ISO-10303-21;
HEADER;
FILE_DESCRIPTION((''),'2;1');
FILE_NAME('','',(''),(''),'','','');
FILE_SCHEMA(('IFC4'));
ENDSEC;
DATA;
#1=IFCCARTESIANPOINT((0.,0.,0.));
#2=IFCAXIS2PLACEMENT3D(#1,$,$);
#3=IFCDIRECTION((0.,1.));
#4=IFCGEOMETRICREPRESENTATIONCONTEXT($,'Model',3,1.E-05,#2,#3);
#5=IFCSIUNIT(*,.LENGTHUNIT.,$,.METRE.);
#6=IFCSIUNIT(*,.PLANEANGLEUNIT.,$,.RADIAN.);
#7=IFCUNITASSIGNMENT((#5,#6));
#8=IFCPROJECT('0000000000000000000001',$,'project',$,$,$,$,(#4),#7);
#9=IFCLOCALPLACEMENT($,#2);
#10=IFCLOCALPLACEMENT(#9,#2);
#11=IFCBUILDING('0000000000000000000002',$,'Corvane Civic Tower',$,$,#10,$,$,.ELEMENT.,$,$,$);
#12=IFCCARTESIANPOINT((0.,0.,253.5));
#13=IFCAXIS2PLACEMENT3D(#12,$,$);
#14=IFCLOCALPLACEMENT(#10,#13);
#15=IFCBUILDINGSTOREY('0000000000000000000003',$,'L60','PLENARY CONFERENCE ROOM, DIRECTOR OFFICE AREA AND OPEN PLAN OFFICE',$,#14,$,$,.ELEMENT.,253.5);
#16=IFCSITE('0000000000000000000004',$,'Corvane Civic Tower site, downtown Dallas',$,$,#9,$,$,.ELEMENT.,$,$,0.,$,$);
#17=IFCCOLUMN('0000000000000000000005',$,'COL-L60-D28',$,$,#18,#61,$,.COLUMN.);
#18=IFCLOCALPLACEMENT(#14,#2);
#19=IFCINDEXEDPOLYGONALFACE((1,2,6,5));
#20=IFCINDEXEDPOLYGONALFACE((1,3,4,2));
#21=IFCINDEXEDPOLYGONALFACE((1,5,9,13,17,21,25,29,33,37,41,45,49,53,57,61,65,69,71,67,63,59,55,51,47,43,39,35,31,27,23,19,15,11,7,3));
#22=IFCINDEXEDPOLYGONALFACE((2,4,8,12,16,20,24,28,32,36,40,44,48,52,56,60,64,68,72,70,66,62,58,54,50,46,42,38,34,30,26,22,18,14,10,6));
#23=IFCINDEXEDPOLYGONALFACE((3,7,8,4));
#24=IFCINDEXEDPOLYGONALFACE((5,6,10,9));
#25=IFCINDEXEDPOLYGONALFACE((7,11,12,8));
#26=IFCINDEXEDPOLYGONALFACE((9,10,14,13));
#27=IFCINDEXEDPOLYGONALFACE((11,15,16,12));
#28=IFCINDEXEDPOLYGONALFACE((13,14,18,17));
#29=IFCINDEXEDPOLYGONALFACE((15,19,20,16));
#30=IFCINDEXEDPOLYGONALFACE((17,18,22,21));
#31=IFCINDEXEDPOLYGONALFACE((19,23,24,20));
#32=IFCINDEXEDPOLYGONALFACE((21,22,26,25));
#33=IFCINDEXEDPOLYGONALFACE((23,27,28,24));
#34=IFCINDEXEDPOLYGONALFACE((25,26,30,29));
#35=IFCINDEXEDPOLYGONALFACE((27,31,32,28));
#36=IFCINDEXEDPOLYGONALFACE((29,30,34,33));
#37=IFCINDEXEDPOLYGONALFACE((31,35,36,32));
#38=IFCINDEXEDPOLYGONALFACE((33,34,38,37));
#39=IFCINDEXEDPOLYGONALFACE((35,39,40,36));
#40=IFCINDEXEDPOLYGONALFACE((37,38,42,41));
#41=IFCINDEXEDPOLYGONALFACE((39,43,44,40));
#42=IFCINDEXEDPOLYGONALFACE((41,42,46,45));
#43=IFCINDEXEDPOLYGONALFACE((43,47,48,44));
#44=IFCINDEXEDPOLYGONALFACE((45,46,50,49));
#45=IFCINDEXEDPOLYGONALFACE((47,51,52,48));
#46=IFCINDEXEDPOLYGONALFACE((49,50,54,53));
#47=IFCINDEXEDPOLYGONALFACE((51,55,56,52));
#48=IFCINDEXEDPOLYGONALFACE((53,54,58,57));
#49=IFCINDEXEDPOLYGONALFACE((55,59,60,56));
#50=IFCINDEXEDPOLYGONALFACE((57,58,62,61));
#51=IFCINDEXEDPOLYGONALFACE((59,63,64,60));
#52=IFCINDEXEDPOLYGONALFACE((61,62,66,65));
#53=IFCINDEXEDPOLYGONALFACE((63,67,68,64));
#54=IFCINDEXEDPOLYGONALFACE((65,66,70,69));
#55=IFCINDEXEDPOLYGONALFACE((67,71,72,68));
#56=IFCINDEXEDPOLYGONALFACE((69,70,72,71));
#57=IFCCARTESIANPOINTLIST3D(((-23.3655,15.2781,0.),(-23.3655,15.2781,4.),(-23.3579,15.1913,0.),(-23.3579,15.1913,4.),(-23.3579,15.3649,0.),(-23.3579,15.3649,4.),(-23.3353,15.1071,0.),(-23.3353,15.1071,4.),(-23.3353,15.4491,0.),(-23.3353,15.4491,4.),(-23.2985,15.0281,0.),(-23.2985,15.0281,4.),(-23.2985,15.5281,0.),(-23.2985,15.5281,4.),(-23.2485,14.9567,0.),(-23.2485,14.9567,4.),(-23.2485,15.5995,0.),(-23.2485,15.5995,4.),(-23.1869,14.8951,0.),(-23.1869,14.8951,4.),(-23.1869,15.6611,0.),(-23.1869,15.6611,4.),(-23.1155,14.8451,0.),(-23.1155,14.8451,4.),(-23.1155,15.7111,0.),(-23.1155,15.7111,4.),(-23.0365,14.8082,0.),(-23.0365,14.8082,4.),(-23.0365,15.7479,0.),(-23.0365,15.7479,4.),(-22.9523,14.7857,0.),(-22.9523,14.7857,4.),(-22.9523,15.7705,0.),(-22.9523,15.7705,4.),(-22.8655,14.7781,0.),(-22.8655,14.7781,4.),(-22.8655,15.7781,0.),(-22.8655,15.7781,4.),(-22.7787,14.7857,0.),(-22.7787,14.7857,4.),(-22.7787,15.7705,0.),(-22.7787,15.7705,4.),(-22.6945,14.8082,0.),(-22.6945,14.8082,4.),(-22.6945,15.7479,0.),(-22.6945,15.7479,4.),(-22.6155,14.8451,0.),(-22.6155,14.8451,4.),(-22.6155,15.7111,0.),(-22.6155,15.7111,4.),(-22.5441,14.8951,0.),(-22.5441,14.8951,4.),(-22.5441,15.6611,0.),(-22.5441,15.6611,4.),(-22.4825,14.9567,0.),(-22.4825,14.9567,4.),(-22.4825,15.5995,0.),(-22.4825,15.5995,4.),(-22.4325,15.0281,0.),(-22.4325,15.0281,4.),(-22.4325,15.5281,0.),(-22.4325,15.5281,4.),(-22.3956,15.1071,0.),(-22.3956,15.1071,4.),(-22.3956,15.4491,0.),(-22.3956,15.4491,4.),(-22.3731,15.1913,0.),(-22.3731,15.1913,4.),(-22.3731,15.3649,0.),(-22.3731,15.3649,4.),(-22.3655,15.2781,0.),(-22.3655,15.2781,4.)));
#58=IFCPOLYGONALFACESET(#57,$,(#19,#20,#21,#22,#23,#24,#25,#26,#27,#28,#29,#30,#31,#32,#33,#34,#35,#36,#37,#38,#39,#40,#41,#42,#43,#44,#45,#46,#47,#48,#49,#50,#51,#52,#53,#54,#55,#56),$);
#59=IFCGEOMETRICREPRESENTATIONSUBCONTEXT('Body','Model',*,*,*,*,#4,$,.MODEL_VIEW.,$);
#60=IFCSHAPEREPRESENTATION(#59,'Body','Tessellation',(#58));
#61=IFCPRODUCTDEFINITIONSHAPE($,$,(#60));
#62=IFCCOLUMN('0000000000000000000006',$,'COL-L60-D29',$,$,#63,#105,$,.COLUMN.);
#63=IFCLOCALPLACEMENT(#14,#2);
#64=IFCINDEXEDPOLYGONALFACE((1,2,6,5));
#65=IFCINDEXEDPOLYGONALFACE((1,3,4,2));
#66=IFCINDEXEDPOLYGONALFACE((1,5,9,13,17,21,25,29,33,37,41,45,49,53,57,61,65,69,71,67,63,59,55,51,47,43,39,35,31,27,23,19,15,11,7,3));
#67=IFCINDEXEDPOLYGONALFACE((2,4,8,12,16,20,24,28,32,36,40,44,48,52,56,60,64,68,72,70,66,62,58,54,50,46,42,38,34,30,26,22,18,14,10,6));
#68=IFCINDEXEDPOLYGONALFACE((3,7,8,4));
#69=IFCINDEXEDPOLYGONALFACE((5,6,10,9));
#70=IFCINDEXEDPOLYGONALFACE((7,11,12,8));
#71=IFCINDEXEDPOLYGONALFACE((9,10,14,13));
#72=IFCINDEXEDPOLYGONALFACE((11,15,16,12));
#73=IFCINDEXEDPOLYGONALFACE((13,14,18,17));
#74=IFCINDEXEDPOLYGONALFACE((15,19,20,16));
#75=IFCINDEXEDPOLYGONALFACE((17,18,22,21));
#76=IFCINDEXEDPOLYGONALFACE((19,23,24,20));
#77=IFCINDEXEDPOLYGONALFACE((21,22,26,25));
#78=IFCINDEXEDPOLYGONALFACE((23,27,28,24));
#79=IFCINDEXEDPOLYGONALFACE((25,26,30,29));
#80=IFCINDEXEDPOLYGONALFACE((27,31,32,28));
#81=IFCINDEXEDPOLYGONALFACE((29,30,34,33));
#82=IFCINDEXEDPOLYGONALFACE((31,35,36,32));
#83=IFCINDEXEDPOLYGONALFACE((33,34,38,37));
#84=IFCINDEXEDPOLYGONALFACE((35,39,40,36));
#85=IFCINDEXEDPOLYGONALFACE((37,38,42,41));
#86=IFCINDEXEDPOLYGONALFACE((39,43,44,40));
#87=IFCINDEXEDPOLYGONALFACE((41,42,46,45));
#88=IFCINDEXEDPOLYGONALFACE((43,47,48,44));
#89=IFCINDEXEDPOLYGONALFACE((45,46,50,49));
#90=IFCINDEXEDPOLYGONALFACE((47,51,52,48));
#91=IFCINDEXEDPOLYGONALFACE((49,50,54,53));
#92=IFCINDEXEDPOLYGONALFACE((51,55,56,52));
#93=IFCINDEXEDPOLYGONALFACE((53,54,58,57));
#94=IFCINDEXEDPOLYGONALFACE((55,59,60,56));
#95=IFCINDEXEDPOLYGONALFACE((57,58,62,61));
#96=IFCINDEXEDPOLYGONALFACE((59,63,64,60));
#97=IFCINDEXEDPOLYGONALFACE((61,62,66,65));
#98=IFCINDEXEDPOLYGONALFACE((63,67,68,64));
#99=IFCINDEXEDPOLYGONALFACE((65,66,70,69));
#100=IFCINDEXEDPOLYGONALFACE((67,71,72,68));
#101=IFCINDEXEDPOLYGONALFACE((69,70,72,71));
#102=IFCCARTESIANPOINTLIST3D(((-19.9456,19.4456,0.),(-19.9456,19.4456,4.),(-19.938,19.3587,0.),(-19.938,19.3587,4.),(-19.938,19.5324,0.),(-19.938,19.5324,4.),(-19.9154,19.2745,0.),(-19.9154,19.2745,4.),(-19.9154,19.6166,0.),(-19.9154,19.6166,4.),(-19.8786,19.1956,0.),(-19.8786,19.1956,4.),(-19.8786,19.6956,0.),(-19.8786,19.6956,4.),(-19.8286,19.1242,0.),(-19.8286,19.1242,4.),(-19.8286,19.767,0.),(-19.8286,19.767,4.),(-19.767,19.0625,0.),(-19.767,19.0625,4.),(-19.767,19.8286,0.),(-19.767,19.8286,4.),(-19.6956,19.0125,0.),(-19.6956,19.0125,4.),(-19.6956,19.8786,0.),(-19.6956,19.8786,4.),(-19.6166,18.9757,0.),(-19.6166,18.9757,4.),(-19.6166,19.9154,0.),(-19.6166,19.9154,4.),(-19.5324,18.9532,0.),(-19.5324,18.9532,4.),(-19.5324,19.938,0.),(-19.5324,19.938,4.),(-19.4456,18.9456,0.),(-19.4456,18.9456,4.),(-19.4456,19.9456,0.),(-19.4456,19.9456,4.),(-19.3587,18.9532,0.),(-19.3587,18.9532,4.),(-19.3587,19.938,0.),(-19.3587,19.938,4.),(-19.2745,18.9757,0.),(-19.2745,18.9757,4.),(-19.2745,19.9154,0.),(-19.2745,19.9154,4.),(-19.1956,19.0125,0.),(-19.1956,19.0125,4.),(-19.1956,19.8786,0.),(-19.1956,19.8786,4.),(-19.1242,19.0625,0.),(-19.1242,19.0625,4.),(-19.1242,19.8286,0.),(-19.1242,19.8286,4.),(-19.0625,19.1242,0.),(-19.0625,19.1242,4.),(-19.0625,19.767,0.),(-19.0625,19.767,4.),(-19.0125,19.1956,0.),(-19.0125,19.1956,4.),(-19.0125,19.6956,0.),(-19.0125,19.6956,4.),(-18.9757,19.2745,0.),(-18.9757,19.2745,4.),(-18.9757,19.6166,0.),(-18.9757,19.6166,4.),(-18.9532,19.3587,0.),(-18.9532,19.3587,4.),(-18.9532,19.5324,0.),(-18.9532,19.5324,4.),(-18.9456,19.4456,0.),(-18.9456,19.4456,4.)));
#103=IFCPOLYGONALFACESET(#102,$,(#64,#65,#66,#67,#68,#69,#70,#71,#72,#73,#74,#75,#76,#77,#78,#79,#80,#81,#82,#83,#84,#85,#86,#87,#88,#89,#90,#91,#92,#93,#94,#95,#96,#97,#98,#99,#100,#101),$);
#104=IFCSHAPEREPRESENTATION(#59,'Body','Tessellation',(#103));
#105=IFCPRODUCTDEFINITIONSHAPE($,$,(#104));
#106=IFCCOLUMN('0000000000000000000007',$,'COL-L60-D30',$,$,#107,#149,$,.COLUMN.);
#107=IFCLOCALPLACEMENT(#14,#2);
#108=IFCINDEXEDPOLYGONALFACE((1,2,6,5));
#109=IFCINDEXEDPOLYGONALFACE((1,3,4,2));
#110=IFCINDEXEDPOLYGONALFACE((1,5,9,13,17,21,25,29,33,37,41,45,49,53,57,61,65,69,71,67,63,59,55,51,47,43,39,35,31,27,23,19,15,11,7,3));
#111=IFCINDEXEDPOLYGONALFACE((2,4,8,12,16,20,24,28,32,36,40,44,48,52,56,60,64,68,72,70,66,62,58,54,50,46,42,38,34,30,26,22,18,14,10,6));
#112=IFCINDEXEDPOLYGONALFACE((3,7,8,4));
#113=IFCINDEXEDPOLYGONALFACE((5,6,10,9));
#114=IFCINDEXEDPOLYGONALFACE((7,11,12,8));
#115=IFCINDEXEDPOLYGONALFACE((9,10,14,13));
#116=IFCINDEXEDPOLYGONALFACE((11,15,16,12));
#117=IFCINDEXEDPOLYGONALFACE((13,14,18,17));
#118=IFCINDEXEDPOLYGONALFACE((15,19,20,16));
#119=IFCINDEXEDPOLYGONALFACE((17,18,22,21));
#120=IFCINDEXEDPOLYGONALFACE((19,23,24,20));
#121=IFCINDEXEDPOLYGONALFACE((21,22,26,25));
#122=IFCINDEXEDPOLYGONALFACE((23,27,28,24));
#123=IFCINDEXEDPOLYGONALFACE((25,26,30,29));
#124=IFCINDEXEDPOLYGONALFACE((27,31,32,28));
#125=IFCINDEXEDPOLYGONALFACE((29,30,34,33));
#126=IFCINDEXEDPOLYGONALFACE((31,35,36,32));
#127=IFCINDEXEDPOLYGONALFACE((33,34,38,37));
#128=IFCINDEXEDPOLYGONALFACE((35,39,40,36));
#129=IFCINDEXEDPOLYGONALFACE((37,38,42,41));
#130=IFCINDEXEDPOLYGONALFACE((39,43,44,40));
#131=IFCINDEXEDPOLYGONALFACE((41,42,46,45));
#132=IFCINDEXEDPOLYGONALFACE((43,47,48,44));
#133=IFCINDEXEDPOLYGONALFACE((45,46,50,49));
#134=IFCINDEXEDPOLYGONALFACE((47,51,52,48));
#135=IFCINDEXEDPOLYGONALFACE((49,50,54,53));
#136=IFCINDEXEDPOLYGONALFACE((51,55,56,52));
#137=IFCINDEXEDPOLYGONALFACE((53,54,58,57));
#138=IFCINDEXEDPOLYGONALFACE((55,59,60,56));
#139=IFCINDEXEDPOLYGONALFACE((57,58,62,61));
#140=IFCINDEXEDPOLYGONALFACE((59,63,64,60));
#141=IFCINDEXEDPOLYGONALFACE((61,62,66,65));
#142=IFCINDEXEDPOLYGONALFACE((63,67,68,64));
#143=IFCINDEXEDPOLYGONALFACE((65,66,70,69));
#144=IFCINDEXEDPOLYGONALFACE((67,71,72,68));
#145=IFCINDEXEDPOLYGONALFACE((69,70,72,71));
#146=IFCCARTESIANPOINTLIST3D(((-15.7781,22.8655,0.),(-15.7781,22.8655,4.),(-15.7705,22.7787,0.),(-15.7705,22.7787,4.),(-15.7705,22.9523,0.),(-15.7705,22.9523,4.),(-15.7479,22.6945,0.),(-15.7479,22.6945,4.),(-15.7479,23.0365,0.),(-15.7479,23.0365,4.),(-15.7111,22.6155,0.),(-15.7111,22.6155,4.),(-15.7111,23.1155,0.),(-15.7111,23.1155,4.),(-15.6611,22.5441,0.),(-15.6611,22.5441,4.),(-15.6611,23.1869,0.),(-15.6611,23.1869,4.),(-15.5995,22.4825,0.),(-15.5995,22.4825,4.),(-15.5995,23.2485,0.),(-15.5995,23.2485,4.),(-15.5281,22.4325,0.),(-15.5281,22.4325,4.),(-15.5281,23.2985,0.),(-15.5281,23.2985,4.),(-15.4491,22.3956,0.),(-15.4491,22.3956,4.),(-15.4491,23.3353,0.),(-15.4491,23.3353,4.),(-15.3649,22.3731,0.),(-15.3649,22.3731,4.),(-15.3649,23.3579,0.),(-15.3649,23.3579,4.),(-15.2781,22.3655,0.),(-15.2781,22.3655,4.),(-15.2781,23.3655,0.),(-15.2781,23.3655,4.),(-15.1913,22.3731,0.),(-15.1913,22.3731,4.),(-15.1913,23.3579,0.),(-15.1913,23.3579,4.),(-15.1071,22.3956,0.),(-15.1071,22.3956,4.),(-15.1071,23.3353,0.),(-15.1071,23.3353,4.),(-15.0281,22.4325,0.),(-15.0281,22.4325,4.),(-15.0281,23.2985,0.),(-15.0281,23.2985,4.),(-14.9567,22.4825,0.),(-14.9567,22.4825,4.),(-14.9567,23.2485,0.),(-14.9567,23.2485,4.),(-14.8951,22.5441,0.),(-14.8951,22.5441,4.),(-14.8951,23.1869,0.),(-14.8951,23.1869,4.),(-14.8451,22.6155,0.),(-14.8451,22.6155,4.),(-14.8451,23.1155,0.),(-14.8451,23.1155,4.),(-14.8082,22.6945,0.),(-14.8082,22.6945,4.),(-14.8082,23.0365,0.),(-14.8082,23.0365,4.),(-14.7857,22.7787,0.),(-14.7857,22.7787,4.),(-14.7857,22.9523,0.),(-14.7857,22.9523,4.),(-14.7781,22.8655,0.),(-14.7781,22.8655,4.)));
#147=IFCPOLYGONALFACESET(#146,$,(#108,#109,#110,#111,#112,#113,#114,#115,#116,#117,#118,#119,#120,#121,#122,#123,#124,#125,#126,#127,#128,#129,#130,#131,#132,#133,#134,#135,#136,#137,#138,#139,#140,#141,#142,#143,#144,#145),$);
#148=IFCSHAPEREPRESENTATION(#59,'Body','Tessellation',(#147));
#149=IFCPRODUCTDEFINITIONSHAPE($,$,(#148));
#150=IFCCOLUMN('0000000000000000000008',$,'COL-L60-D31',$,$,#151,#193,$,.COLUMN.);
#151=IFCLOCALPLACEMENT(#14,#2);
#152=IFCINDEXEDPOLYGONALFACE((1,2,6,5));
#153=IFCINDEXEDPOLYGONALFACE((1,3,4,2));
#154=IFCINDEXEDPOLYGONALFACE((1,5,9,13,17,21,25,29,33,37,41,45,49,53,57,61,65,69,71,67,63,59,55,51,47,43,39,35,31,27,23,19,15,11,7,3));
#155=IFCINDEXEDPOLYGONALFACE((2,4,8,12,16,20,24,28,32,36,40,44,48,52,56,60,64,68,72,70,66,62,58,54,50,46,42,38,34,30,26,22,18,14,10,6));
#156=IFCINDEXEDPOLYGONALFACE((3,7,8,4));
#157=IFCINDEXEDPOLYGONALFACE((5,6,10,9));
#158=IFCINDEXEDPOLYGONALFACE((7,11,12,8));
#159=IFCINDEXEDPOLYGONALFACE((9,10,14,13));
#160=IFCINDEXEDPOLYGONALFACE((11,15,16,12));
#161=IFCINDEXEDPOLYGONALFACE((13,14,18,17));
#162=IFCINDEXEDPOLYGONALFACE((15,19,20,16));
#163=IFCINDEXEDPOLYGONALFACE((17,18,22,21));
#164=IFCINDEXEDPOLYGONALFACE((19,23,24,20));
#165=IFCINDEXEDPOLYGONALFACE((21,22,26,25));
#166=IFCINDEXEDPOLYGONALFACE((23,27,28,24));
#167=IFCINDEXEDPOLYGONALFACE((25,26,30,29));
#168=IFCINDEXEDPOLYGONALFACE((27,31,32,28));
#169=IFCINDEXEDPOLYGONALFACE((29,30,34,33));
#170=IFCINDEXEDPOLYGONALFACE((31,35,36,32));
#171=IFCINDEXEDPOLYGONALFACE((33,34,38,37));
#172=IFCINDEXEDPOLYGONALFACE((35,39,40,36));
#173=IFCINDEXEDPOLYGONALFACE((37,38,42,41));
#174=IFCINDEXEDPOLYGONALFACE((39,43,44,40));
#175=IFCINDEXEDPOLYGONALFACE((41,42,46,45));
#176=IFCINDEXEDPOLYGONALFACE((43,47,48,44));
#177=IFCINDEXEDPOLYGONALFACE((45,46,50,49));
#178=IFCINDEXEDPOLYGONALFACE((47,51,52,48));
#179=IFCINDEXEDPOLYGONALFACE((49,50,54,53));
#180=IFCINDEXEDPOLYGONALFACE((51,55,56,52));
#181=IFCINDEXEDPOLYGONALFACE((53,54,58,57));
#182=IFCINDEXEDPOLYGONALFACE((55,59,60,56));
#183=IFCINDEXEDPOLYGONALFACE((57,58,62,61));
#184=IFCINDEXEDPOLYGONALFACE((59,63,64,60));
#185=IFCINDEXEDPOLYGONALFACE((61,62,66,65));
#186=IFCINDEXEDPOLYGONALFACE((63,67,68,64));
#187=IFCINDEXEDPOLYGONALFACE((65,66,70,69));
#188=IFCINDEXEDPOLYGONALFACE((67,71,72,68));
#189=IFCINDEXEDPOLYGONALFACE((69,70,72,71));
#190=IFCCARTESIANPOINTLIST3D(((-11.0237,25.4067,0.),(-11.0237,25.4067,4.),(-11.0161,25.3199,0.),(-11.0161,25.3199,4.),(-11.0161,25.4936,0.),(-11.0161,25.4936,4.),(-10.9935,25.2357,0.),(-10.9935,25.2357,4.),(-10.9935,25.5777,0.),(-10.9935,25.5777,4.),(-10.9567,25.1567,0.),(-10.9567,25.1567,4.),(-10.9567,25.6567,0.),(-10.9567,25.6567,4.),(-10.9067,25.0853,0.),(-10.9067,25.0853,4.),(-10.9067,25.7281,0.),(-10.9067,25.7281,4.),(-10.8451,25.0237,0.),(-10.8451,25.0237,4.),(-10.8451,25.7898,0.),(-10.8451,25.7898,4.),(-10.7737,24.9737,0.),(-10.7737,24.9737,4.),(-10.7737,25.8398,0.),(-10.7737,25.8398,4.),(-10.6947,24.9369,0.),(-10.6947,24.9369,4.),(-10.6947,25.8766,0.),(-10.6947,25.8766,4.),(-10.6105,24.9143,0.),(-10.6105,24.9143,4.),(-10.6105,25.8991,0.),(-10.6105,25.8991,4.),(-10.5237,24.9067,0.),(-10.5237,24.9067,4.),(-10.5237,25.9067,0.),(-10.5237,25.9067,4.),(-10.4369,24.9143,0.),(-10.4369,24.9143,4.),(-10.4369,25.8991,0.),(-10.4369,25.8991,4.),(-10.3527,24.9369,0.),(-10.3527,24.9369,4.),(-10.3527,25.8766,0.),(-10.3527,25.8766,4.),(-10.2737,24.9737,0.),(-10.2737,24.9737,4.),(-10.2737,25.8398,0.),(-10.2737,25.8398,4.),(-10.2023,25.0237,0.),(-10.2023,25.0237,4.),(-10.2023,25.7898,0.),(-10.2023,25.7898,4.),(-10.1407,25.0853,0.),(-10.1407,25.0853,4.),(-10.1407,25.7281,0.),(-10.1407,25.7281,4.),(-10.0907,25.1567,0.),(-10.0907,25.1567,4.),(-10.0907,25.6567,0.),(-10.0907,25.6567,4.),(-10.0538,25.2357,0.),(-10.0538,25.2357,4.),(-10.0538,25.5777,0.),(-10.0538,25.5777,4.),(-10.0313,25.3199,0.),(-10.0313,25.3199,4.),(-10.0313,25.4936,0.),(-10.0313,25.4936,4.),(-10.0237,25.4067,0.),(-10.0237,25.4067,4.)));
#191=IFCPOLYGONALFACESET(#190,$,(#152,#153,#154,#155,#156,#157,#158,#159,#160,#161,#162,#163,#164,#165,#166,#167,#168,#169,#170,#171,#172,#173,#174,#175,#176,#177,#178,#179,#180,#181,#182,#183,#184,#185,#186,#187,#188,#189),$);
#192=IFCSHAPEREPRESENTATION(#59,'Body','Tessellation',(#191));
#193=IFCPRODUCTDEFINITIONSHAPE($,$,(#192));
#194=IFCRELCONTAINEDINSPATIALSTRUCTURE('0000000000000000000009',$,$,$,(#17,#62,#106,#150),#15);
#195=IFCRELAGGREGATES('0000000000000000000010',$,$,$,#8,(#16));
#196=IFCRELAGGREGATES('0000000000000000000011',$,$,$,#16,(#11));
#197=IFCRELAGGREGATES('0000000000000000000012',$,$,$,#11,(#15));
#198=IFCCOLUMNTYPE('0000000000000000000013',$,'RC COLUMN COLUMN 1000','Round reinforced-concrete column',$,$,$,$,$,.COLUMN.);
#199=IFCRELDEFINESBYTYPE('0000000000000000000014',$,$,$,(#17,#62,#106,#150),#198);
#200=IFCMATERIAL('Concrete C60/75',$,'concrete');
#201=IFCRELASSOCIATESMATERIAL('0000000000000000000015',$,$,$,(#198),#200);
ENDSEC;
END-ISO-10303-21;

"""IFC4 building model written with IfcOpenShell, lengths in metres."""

from ifc_helpers import new_model, si_unit, direction, frame, origin, origin_2d, place, context, subcontext, project, spatial, circle, extrude, material, material_profile, profile_set, type_object, element, save


model = new_model("IFC4")

# Units and contexts
model_context = context("Model", 3, precision=1e-05, world=origin(), true_north=direction((0.0, 1.0)))
body_context = subcontext(model_context, "Body", "Model", "MODEL_VIEW")
ifc_project = project(units=[si_unit("LENGTHUNIT", "METRE"), si_unit("PLANEANGLEUNIT", "RADIAN")], contexts=[model_context])

# Site, building, storey
site_placement = place(None, origin())
site = spatial("IfcSite", under=ifc_project, at=site_placement, Name="Corvane Civic Tower site, downtown Dallas", CompositionType="ELEMENT", RefElevation=0.0)
building_placement = place(site_placement, origin())
building = spatial("IfcBuilding", under=site, at=building_placement, Name="Corvane Civic Tower", CompositionType="ELEMENT")
storey_placement = place(building_placement, frame((0.0, 0.0, 253.5)))
storey = spatial("IfcBuildingStorey", under=building, at=storey_placement, Name="L60", Description="PLENARY CONFERENCE ROOM, DIRECTOR OFFICE AREA AND OPEN PLAN OFFICE", CompositionType="ELEMENT", Elevation=253.5)

# Columns
ifc_material_1 = material(Name="Concrete C60/75", Category="concrete")
ifc_material_profile_1 = material_profile(ifc_material_1, circle(Radius=0.5, at=origin_2d()), Name="COLUMN 1000")
ifc_profile_set_1 = profile_set([ifc_material_profile_1], Name="Concrete C60/75")
column_type = type_object("IfcColumnType", Name="RC COLUMN COLUMN 1000", Description="Round reinforced-concrete column", PredefinedType="COLUMN", material=ifc_profile_set_1)
for number, where, z_axis, x_axis, name in (
    (1, (-22.8655, 15.2781, 0.0), (0.0, 0.0, 1.0), (1.0, 0.0, 0.0), "COL-L60-D28"),
    (2, (-19.4456, 19.4456, 0.0), (0.0, 0.0, 1.0), (1.0, 0.0, 0.0), "COL-L60-D29"),
    (3, (-15.2781, 22.8655, 0.0), (0.0, 0.0, 1.0), (1.0, 0.0, 0.0), "COL-L60-D30"),
    (4, (-10.5237, 25.4067, 0.0), (0.0, 0.0, 1.0), (1.0, 0.0, 0.0), "COL-L60-D31"),
):
    element("IfcColumn", number, at=place(storey_placement, frame(where, z_axis=z_axis, x_axis=x_axis)), inside=storey, type_object=column_type, Name=name, PredefinedType="COLUMN", context=body_context, shape_type="SweptSolid", body=[
        extrude(circle(Radius=0.5, at=origin_2d()), origin(), (0.0, 0.0, 1.0), 4.0),
    ])

save(model, "model.ifc")
